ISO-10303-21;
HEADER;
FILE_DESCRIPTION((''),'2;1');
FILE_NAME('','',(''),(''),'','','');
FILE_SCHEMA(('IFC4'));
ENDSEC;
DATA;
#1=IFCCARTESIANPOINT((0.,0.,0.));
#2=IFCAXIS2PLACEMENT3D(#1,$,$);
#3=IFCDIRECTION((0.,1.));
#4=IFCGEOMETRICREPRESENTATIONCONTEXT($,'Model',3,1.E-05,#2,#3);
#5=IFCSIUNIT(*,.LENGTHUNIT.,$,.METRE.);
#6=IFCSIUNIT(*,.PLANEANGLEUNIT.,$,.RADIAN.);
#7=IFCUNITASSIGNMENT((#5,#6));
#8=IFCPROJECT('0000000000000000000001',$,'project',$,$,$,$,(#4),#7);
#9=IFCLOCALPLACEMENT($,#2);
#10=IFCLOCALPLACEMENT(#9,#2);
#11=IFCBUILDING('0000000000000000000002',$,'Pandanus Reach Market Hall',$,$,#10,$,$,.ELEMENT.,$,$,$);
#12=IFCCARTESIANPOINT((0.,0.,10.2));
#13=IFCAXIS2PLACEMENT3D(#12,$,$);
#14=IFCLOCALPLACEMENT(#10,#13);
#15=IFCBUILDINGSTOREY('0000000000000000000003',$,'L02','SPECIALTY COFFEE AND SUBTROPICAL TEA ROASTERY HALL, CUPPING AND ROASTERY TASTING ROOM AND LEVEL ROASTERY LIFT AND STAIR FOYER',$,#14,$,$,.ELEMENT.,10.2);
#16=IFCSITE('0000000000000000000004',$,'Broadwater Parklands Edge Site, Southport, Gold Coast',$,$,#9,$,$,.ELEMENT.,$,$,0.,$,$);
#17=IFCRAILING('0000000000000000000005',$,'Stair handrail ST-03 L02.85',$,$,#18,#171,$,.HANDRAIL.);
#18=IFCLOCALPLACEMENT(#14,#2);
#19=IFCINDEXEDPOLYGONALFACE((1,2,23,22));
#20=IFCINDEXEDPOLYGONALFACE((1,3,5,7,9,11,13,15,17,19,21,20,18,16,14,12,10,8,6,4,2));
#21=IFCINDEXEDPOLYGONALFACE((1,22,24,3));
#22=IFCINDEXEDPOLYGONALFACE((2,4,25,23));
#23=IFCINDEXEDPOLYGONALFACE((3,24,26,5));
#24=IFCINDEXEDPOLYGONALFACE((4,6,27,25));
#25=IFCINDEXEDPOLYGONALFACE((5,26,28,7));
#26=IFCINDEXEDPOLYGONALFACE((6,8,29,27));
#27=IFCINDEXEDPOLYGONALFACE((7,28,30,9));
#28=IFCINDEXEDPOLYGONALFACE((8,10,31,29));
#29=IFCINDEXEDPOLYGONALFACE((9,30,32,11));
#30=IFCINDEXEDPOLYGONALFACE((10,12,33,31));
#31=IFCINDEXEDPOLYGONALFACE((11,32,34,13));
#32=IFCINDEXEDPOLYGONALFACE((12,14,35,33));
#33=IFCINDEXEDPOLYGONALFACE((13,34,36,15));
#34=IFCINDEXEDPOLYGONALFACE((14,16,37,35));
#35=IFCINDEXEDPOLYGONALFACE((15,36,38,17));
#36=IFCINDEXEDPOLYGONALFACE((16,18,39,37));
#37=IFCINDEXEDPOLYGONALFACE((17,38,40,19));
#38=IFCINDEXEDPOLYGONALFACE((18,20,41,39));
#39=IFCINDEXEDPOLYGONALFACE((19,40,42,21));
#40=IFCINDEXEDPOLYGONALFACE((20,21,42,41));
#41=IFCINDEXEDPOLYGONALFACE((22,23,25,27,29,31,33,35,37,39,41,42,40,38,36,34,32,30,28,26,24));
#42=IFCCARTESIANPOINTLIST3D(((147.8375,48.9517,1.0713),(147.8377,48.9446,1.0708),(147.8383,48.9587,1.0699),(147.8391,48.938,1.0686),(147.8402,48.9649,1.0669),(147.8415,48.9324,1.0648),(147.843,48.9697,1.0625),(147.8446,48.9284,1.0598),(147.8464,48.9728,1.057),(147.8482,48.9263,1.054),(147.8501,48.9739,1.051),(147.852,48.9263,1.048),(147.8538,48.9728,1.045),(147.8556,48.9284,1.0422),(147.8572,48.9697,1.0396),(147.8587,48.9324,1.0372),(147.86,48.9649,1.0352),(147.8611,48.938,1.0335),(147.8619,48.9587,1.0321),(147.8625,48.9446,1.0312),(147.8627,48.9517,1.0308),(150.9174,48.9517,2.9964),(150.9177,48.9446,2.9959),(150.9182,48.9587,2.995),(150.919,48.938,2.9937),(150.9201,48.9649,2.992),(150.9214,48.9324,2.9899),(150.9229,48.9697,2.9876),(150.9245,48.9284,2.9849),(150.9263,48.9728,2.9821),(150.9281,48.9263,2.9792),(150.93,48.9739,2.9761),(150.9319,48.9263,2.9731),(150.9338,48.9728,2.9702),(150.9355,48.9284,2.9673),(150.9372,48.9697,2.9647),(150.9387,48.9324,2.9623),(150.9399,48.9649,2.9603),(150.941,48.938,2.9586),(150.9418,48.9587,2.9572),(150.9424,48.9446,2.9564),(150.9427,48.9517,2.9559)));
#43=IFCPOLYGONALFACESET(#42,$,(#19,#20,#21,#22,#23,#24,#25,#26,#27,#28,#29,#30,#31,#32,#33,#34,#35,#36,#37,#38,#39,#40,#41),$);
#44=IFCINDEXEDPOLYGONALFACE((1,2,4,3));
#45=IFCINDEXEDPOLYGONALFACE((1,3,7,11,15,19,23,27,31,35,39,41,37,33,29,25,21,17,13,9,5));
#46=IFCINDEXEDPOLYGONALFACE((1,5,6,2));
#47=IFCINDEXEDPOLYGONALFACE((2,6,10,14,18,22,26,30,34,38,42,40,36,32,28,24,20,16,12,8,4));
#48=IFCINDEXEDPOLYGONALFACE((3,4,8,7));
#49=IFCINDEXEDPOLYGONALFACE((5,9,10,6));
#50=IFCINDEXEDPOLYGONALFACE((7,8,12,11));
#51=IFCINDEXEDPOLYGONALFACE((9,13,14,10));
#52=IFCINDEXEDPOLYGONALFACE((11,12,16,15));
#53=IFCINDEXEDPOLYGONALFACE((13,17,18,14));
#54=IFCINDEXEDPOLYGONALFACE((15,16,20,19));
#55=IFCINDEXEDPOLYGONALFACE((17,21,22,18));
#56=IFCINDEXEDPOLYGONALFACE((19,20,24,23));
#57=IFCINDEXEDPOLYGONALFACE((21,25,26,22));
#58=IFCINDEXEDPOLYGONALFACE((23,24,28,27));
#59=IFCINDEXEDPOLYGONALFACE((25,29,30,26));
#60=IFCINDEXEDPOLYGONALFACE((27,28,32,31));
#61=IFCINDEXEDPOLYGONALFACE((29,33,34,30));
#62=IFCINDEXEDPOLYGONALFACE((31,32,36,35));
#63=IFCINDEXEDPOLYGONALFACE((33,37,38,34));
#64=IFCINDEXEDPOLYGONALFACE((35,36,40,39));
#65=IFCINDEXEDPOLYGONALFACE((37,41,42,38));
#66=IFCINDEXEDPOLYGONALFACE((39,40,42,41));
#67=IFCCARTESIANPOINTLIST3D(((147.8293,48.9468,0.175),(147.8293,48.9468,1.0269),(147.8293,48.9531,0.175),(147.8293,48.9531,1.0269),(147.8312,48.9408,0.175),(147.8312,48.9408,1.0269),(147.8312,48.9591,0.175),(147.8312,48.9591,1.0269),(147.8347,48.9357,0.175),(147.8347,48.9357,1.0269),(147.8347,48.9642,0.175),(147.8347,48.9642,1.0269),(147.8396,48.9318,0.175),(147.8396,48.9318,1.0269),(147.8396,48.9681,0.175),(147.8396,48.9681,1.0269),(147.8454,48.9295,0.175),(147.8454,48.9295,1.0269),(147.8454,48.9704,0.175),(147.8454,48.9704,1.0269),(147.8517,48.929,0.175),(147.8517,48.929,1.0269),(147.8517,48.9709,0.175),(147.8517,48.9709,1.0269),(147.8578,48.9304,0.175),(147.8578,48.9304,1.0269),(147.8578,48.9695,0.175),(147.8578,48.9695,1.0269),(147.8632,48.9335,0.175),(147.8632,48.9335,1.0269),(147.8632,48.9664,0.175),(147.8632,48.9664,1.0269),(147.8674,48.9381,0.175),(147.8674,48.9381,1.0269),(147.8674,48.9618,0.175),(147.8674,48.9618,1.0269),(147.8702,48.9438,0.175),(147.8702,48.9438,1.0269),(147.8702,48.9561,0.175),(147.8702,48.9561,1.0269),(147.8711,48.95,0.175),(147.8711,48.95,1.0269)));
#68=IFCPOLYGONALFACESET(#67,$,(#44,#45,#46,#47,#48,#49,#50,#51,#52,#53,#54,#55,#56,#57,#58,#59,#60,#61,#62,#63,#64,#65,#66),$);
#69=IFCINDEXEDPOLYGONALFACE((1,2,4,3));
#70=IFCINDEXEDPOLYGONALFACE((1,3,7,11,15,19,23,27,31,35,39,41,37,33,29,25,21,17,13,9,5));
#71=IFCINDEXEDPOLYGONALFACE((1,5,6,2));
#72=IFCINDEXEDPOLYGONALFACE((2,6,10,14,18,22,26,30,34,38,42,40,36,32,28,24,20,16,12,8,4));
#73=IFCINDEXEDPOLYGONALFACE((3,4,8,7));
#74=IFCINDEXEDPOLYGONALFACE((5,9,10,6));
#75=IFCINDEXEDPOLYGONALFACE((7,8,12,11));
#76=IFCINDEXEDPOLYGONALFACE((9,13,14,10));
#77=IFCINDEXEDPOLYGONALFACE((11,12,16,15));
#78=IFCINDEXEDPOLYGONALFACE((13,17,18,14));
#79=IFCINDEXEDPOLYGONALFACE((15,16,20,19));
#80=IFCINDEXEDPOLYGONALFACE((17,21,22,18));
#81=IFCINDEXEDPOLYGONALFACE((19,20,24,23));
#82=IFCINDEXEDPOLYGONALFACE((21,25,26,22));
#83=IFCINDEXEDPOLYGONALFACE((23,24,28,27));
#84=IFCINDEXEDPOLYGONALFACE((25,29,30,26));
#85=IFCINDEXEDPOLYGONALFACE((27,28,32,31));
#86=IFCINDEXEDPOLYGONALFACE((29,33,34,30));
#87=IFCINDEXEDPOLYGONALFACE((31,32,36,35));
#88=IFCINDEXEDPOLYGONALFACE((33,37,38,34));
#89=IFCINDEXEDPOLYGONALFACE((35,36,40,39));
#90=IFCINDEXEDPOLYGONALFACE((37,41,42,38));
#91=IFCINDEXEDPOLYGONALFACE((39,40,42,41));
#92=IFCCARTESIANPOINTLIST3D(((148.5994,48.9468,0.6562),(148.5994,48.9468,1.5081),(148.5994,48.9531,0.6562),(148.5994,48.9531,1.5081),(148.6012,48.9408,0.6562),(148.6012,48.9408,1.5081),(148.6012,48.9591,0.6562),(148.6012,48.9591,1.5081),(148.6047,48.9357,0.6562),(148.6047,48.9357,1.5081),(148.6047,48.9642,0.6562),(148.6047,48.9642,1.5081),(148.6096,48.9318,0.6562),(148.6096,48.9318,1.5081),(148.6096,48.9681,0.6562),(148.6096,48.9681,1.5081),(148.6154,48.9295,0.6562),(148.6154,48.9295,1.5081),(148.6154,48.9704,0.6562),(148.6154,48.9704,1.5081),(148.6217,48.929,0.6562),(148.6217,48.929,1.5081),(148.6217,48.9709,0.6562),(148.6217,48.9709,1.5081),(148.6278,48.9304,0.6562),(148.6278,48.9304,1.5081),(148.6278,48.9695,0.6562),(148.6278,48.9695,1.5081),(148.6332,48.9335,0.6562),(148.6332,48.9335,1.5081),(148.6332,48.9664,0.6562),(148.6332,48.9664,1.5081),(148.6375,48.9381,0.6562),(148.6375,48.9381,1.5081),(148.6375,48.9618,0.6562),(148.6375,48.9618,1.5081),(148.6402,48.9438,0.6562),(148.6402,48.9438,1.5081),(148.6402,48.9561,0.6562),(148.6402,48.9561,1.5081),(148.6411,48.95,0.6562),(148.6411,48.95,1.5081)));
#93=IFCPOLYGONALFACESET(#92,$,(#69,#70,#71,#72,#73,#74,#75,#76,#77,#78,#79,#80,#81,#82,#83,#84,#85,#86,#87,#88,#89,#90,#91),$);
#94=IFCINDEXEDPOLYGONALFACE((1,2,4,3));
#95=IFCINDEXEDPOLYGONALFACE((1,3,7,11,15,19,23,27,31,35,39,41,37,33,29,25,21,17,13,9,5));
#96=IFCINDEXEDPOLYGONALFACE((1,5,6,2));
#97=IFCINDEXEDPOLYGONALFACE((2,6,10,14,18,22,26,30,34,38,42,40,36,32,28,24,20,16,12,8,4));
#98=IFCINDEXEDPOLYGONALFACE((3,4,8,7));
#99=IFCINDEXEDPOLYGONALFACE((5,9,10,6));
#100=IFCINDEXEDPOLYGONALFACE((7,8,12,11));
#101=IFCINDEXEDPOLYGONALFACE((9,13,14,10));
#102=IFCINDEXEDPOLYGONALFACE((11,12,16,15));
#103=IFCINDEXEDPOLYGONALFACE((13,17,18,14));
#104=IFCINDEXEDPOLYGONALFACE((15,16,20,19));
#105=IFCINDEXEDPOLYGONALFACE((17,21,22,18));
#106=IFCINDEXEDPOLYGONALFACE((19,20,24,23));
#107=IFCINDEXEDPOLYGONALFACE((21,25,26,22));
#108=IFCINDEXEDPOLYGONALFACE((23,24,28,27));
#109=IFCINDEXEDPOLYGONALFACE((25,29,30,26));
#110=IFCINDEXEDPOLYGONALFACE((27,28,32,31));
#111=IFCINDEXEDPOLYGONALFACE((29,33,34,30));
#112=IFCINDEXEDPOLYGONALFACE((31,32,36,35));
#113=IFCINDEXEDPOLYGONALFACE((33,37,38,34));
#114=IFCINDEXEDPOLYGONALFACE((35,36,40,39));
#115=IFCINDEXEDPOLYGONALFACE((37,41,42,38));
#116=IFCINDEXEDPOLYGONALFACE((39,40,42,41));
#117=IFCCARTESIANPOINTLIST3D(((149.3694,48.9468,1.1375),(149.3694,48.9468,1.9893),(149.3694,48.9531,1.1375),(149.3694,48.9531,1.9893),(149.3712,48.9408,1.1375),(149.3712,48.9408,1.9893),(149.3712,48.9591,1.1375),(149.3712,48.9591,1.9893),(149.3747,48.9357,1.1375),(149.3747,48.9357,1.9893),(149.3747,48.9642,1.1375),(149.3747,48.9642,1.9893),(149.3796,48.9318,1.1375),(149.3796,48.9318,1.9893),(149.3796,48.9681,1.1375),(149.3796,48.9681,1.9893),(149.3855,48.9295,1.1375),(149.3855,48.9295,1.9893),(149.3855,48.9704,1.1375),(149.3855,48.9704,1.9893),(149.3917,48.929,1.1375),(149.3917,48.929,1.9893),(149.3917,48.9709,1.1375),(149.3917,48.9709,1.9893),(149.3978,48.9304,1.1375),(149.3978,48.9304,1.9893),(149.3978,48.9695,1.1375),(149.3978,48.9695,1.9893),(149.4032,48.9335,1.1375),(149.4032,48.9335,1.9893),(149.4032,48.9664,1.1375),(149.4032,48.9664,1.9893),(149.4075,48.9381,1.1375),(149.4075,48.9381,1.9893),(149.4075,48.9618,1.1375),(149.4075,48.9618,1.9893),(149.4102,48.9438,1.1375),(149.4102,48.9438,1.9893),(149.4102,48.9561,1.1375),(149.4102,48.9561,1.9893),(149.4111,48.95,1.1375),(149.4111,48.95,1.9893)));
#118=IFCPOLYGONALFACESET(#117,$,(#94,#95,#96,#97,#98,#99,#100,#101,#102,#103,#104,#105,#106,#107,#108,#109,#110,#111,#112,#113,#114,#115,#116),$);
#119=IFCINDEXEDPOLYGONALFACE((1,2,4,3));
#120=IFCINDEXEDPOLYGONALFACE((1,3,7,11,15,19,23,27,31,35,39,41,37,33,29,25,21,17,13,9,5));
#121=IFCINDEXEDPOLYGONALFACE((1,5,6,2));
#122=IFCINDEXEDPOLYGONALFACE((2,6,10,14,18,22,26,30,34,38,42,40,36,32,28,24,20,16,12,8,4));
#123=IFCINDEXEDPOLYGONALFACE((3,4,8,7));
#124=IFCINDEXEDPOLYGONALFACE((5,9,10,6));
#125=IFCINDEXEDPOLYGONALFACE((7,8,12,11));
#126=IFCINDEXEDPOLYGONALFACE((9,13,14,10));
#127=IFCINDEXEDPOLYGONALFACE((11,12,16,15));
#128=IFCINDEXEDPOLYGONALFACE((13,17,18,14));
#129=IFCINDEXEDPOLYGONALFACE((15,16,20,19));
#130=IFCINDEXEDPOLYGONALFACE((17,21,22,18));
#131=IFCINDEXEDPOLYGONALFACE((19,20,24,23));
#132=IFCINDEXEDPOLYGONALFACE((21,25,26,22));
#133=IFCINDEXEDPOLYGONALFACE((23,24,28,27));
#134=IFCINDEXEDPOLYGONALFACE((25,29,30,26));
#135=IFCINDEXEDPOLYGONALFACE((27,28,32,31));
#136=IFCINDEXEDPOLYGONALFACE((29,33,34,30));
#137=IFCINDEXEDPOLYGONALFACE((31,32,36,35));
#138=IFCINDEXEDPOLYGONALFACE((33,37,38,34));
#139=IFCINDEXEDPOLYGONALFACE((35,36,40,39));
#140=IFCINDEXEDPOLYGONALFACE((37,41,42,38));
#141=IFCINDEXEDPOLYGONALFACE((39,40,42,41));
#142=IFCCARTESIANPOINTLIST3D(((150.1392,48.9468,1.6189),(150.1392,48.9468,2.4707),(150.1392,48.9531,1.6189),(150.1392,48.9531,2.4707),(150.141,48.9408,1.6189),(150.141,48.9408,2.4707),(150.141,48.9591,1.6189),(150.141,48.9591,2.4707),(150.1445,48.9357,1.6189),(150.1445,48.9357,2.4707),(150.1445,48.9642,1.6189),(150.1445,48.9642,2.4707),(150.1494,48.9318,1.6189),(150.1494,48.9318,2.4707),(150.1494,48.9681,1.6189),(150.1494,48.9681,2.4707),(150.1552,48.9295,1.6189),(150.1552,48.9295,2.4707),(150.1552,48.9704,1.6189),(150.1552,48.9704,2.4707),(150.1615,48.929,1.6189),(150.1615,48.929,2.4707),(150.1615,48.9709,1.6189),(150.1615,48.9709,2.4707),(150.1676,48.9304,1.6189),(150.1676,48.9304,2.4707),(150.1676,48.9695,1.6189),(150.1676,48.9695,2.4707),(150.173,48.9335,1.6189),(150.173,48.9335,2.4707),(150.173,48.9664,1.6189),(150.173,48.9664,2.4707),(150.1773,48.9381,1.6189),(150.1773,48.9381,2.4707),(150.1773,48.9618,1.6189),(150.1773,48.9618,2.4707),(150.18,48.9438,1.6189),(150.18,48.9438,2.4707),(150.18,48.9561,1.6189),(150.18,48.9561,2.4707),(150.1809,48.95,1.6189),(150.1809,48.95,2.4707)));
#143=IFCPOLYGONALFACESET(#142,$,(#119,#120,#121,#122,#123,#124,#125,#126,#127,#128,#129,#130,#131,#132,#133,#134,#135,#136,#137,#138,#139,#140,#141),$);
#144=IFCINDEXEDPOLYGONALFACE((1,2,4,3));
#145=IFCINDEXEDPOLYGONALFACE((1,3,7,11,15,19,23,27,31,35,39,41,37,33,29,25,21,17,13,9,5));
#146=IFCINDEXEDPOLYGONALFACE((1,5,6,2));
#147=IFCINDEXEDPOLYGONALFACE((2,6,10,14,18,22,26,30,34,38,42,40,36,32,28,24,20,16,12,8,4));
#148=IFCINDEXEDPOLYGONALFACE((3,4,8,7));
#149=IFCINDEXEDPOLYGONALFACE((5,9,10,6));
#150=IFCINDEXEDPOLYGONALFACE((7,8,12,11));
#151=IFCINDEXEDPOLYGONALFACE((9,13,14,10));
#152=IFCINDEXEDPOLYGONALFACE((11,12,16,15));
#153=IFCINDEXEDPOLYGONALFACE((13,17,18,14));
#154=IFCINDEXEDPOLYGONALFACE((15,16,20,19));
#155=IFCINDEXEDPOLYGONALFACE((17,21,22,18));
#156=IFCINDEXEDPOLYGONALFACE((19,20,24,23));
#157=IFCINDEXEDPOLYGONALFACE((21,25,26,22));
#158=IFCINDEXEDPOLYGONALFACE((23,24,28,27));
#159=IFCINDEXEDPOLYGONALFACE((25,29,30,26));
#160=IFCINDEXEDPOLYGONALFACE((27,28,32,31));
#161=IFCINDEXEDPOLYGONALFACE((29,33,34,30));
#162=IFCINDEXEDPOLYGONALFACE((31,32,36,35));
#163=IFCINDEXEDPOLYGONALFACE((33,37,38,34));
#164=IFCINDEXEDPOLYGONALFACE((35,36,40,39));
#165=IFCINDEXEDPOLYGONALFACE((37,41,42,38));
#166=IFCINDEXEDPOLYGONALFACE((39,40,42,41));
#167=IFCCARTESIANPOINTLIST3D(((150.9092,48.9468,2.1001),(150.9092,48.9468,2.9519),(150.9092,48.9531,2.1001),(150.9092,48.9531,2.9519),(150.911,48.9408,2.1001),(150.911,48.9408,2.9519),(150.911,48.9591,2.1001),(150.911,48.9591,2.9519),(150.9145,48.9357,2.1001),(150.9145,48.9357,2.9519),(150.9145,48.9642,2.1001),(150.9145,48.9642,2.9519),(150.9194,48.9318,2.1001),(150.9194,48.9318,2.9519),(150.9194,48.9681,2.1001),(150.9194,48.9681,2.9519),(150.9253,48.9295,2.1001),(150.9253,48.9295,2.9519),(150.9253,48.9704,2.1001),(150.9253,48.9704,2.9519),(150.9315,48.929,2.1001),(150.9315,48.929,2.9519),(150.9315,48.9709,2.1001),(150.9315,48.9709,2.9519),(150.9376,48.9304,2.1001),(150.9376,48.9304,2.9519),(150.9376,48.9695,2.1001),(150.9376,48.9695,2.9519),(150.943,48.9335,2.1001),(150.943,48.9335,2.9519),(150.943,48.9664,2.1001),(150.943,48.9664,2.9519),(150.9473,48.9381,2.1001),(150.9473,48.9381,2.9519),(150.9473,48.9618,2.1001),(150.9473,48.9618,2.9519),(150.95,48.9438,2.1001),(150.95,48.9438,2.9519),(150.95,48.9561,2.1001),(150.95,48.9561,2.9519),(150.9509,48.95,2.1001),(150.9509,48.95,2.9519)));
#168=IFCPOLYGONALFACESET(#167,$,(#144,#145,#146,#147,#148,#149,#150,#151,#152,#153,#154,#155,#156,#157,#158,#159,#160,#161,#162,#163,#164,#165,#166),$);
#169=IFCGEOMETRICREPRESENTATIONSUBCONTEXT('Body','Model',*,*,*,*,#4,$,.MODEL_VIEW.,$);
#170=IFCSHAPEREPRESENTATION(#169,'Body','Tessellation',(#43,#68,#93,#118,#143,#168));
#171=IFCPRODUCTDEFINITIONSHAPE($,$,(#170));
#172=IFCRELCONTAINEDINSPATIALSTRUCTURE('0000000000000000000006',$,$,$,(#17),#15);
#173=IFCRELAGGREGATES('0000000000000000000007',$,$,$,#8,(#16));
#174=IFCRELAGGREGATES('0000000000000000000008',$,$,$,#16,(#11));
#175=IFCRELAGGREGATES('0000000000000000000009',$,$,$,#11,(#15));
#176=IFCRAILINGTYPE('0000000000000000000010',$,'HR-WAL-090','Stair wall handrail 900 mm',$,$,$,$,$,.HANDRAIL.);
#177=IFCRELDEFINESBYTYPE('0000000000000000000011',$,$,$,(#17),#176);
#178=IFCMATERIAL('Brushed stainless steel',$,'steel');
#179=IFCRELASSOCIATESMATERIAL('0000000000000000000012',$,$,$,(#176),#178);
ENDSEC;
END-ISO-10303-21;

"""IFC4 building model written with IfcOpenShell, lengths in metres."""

from ifc_helpers import new_model, si_unit, direction, frame, origin, origin_2d, place, context, subcontext, project, spatial, circle, extrude, material, type_object, element, save


model = new_model("IFC4")

# Units and contexts
model_context = context("Model", 3, precision=1e-05, world=origin(), true_north=direction((0.0, 1.0)))
body_context = subcontext(model_context, "Body", "Model", "MODEL_VIEW")
ifc_project = project(units=[si_unit("LENGTHUNIT", "METRE"), si_unit("PLANEANGLEUNIT", "RADIAN")], contexts=[model_context])

# Site, building, storey
site_placement = place(None, origin())
site = spatial("IfcSite", under=ifc_project, at=site_placement, Name="Broadwater Parklands Edge Site, Southport, Gold Coast", CompositionType="ELEMENT", RefElevation=0.0)
building_placement = place(site_placement, origin())
building = spatial("IfcBuilding", under=site, at=building_placement, Name="Pandanus Reach Market Hall", CompositionType="ELEMENT")
storey_placement = place(building_placement, frame((0.0, 0.0, 10.2)))
storey = spatial("IfcBuildingStorey", under=building, at=storey_placement, Name="L02", Description="SPECIALTY COFFEE AND SUBTROPICAL TEA ROASTERY HALL, CUPPING AND ROASTERY TASTING ROOM AND LEVEL ROASTERY LIFT AND STAIR FOYER", CompositionType="ELEMENT", Elevation=10.2)

# Railing
ifc_material_1 = material(Name="Brushed stainless steel", Category="steel")
railing_type_1 = type_object("IfcRailingType", Name="HR-WAL-090", Description="Stair wall handrail 900 mm", PredefinedType="HANDRAIL", material=ifc_material_1)
railing_1_placement = place(storey_placement, frame((147.8501, 48.95, 0.175)))
element("IfcRailing", 1, at=railing_1_placement, inside=storey, type_object=railing_type_1, Name="Stair handrail ST-03 L02.85", PredefinedType="HANDRAIL", context=body_context, shape_type="SweptSolid", body=[
    extrude(circle(Radius=0.0239, at=origin_2d()), frame((0.0, 0.0, 0.876), z_axis=(0.847979, 0.0, 0.530029), x_axis=(0.0, 1.0, 0.0)), (0.0, 0.0, 1.0), 3.6321),
    extrude(circle(Radius=0.021, at=origin_2d()), origin(), (0.0, 0.0, 1.0), 0.8518),
    extrude(circle(Radius=0.021, at=origin_2d()), frame((0.77, 0.0, 0.4812)), (0.0, 0.0, 1.0), 0.8518),
    extrude(circle(Radius=0.021, at=origin_2d()), frame((1.54, 0.0, 0.9624)), (0.0, 0.0, 1.0), 0.8518),
    extrude(circle(Radius=0.021, at=origin_2d()), frame((2.3098, 0.0, 1.4438)), (0.0, 0.0, 1.0), 0.8518),
    extrude(circle(Radius=0.021, at=origin_2d()), frame((3.0798, 0.0, 1.925)), (0.0, 0.0, 1.0), 0.8518),
])

save(model, "model.ifc")
